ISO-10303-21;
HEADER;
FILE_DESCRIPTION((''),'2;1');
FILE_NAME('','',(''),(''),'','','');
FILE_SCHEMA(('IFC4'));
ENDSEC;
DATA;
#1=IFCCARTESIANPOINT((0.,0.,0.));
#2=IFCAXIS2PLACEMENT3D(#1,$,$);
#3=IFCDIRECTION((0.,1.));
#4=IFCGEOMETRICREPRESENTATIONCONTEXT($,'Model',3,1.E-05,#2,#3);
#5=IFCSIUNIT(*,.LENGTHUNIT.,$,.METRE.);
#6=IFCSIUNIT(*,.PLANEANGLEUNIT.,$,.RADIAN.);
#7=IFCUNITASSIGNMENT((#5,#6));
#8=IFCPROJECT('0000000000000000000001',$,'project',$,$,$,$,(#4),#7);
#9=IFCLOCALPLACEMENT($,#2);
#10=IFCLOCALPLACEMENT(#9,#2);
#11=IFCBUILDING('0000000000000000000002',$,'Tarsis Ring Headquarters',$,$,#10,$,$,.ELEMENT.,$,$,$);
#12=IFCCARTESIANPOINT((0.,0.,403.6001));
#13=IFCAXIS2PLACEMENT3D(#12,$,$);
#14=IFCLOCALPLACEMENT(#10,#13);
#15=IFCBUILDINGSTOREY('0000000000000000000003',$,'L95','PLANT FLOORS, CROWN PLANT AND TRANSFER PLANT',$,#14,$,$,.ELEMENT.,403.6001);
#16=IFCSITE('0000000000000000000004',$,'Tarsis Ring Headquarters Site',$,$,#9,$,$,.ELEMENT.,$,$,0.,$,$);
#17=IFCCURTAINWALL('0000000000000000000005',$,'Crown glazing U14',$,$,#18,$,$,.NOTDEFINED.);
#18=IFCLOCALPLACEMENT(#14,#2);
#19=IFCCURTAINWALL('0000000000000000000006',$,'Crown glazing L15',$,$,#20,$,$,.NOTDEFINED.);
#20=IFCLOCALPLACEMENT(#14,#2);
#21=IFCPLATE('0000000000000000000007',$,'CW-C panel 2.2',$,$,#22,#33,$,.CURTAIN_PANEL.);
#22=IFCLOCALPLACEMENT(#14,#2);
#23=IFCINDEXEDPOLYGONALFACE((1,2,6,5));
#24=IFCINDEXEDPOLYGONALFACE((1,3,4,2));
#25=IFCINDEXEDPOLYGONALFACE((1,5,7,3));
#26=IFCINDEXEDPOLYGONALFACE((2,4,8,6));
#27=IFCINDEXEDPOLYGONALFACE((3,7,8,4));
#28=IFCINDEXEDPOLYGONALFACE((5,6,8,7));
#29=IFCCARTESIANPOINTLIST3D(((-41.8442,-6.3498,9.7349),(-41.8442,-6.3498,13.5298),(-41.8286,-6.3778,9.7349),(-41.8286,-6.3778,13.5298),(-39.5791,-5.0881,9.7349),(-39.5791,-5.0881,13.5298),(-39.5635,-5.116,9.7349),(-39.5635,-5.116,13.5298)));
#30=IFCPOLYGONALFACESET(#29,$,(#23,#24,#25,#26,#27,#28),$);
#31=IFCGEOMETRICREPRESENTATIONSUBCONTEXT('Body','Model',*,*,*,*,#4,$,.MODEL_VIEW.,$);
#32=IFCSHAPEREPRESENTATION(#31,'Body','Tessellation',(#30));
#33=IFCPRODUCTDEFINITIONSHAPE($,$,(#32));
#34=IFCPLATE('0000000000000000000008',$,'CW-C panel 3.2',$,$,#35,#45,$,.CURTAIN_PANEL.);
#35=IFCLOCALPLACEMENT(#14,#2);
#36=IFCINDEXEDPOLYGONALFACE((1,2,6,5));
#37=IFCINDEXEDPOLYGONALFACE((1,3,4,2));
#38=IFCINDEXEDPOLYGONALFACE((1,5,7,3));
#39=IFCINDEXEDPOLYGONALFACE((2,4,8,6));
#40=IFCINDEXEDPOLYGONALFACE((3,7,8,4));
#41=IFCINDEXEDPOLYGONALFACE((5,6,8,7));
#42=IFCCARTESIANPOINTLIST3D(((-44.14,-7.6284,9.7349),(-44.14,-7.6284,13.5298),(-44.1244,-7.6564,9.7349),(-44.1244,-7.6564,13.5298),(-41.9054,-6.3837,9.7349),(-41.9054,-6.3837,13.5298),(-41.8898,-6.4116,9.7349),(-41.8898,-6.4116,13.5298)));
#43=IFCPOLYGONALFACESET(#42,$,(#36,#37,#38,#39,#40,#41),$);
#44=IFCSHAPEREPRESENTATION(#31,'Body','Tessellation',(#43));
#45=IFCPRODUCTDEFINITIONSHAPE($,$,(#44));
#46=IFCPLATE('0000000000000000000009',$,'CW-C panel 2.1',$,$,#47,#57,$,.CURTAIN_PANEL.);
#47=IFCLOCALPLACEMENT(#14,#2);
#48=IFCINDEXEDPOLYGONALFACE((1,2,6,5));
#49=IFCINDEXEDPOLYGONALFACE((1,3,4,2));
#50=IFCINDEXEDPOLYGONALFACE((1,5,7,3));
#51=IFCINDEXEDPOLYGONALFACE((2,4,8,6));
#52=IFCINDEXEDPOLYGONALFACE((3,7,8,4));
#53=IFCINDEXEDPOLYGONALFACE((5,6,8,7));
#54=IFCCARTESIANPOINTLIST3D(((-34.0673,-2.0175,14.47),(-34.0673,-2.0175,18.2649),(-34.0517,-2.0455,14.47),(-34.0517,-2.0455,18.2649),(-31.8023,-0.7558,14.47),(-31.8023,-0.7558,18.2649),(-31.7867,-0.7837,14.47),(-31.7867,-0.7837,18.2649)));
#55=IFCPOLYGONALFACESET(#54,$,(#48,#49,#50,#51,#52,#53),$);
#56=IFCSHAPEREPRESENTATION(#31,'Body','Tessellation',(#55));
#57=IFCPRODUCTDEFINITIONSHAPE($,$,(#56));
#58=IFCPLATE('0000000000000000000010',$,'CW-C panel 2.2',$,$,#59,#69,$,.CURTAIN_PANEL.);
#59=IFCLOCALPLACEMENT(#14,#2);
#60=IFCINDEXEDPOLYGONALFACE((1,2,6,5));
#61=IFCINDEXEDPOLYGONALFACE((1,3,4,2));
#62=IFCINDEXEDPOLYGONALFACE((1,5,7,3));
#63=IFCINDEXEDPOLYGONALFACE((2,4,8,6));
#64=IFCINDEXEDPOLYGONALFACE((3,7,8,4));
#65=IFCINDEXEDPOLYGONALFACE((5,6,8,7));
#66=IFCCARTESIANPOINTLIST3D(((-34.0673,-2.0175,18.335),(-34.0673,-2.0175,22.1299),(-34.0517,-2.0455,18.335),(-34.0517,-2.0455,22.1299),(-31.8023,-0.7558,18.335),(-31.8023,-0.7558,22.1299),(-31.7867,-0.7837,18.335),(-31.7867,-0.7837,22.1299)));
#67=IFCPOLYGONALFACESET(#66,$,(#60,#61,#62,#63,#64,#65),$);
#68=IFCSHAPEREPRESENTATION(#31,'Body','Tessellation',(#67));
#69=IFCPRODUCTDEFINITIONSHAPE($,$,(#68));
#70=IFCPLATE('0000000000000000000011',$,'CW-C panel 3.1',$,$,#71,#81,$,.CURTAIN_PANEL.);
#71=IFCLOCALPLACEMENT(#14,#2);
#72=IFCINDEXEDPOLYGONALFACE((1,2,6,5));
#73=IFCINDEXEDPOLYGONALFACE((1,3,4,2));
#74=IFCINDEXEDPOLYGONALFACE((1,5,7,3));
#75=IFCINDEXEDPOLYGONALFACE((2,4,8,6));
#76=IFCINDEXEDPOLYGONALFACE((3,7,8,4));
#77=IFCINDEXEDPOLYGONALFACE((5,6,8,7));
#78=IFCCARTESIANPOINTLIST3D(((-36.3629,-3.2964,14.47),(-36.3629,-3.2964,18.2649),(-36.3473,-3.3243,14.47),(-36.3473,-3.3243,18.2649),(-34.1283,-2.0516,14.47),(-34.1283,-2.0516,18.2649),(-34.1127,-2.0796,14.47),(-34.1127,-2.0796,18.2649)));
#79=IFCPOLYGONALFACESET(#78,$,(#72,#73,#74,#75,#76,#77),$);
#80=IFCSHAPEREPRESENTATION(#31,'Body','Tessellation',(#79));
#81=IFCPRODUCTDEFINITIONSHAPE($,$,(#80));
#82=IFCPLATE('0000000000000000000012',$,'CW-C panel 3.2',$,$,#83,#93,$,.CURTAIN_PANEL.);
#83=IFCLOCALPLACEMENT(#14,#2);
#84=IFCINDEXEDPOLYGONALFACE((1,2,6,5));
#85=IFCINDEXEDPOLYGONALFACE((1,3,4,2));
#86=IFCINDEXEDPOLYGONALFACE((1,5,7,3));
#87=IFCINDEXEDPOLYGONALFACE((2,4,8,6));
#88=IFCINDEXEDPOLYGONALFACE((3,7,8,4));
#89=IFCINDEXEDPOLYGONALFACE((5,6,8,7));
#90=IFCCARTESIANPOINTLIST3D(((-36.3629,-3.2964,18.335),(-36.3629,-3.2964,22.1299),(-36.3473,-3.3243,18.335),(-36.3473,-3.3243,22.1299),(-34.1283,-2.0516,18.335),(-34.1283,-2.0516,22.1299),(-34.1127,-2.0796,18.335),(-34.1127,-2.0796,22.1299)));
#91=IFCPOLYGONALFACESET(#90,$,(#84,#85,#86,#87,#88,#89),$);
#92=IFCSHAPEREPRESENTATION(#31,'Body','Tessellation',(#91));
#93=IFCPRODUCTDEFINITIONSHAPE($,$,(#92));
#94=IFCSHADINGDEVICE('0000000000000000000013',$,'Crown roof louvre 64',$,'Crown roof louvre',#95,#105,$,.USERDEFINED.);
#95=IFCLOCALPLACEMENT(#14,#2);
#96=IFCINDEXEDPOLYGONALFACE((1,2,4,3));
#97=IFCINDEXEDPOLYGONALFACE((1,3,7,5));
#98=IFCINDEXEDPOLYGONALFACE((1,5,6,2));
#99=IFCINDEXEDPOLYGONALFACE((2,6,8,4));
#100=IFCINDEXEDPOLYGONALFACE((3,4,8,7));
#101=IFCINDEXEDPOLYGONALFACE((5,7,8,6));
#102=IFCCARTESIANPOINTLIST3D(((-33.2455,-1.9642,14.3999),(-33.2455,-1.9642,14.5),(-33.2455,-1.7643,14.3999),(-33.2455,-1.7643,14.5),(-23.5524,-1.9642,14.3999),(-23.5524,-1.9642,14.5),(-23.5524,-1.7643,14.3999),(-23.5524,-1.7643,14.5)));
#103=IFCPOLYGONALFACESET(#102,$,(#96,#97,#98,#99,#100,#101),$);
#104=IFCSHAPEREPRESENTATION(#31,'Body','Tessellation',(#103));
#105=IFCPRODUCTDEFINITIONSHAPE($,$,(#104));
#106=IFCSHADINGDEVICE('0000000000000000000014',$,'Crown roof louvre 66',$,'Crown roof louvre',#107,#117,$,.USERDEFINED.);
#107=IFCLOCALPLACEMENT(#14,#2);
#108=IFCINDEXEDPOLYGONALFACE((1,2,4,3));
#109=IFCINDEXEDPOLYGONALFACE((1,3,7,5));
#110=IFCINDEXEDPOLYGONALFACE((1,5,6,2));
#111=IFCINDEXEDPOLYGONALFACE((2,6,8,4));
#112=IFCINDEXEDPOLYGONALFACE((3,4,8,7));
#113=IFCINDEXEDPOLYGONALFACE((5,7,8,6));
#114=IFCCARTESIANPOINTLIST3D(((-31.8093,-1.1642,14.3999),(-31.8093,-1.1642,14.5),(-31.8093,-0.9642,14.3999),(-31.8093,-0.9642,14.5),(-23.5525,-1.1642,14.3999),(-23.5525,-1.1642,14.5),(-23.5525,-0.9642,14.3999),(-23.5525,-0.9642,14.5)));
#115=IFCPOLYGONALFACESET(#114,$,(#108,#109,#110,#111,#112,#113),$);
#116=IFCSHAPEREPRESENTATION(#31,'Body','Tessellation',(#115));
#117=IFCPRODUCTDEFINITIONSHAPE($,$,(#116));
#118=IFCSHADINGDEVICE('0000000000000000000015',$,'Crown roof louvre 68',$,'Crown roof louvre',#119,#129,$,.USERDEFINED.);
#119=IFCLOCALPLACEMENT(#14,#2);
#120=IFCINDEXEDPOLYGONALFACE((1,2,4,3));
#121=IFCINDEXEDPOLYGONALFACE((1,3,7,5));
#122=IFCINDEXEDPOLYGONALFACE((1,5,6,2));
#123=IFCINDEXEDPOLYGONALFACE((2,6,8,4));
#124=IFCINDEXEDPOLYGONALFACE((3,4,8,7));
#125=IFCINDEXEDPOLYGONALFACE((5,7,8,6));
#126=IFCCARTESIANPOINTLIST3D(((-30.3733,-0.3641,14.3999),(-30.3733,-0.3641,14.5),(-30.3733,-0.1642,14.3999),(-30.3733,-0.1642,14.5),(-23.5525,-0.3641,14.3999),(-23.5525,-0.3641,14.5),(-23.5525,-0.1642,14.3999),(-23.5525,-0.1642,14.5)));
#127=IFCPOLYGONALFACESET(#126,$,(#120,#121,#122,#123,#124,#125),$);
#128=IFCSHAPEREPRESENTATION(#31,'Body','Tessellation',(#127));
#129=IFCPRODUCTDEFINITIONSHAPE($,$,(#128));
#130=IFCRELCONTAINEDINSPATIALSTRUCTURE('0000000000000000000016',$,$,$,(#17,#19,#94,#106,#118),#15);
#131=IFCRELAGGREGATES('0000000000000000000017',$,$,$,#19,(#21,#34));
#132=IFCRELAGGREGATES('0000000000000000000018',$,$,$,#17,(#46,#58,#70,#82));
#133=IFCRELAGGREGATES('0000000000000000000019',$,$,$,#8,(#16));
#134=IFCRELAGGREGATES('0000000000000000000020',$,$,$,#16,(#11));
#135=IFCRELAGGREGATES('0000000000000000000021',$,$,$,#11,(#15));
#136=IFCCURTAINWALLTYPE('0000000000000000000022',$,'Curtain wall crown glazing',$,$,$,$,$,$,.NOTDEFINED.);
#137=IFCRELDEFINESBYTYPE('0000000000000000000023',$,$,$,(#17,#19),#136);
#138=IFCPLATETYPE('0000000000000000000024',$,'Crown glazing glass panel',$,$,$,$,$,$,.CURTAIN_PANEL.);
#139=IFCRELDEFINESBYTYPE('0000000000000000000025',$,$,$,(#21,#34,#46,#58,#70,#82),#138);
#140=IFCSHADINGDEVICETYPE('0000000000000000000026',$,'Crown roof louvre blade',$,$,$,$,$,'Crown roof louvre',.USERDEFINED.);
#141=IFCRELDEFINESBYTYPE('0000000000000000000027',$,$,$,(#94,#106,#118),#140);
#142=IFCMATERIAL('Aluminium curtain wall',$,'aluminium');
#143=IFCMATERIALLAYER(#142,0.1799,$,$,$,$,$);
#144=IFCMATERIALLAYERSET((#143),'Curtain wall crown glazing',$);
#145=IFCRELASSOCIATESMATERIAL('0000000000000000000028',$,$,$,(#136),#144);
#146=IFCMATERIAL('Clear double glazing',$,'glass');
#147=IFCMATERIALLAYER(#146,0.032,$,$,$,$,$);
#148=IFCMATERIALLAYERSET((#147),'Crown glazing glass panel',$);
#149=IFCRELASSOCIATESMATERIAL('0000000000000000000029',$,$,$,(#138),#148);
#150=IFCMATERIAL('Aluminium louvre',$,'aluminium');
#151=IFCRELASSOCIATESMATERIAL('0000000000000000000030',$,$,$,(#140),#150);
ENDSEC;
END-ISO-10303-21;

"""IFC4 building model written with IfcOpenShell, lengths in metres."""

from ifc_helpers import new_model, si_unit, direction, frame, origin, origin_2d, place, context, subcontext, project, spatial, rectangle, extrude, material, layer, layer_set, type_object, element, aggregate, save


model = new_model("IFC4")

# Units and contexts
model_context = context("Model", 3, precision=1e-05, world=origin(), true_north=direction((0.0, 1.0)))
body_context = subcontext(model_context, "Body", "Model", "MODEL_VIEW")
ifc_project = project(units=[si_unit("LENGTHUNIT", "METRE"), si_unit("PLANEANGLEUNIT", "RADIAN")], contexts=[model_context])

# Site, building, storey
site_placement = place(None, origin())
site = spatial("IfcSite", under=ifc_project, at=site_placement, Name="Tarsis Ring Headquarters Site", CompositionType="ELEMENT", RefElevation=0.0)
building_placement = place(site_placement, origin())
building = spatial("IfcBuilding", under=site, at=building_placement, Name="Tarsis Ring Headquarters", CompositionType="ELEMENT")
storey_placement = place(building_placement, frame((0.0, 0.0, 403.6001)))
storey = spatial("IfcBuildingStorey", under=building, at=storey_placement, Name="L95", Description="PLANT FLOORS, CROWN PLANT AND TRANSFER PLANT", CompositionType="ELEMENT", Elevation=403.6001)

# Curtain wall
ifc_material_1 = material(Name="Aluminium curtain wall", Category="aluminium")
ifc_layer_1 = layer(ifc_material_1, 0.1799)
ifc_layer_set_1 = layer_set([ifc_layer_1], Name="Curtain wall crown glazing")
curtain_wall_type = type_object("IfcCurtainWallType", Name="Curtain wall crown glazing", PredefinedType="NOTDEFINED", material=ifc_layer_set_1)
curtain_wall_1_placement = place(storey_placement, origin())
curtain_wall_1 = element("IfcCurtainWall", 1, at=curtain_wall_1_placement, inside=storey, type_object=curtain_wall_type, Name="Crown glazing U14", PredefinedType="NOTDEFINED")

# Curtain wall
curtain_wall_2_placement = place(storey_placement, origin())
curtain_wall_2 = element("IfcCurtainWall", 2, at=curtain_wall_2_placement, inside=storey, type_object=curtain_wall_type, Name="Crown glazing L15", PredefinedType="NOTDEFINED")

# Plates
ifc_material_2 = material(Name="Clear double glazing", Category="glass")
ifc_layer_2 = layer(ifc_material_2, 0.032)
ifc_layer_set_2 = layer_set([ifc_layer_2], Name="Crown glazing glass panel")
plate_type = type_object("IfcPlateType", Name="Crown glazing glass panel", PredefinedType="CURTAIN_PANEL", material=ifc_layer_set_2)
plate_1_placement = place(storey_placement, frame((-40.7039, -5.7329, 9.7349), z_axis=(0.0, 0.0, 1.0), x_axis=(-0.873602, -0.48664, 0.0)))
plate_1 = element("IfcPlate", 3, at=plate_1_placement, type_object=plate_type, Name="CW-C panel 2.2", PredefinedType="CURTAIN_PANEL", context=body_context, shape_type="SweptSolid", body=[
    extrude(rectangle(XDim=2.5928, YDim=0.032, at=origin_2d()), origin(), (0.0, 0.0, 1.0), 3.7949),
])
plate_2_placement = place(storey_placement, frame((-43.0149, -7.02, 9.7349), z_axis=(0.0, 0.0, 1.0), x_axis=(-0.873602, -0.48664, 0.0)))
plate_2 = element("IfcPlate", 4, at=plate_2_placement, type_object=plate_type, Name="CW-C panel 3.2", PredefinedType="CURTAIN_PANEL", context=body_context, shape_type="SweptSolid", body=[
    extrude(rectangle(XDim=2.5579, YDim=0.032, at=origin_2d()), origin(), (0.0, 0.0, 1.0), 3.7949),
])
aggregate(curtain_wall_2, [plate_1, plate_2])
plate_3_placement = place(storey_placement, frame((-32.927, -1.4006, 14.47), z_axis=(0.0, 0.0, 1.0), x_axis=(-0.873602, -0.48664, 0.0)))
plate_3 = element("IfcPlate", 5, at=plate_3_placement, type_object=plate_type, Name="CW-C panel 2.1", PredefinedType="CURTAIN_PANEL", context=body_context, shape_type="SweptSolid", body=[
    extrude(rectangle(XDim=2.5928, YDim=0.032, at=origin_2d()), origin(), (0.0, 0.0, 1.0), 3.7949),
])
plate_4_placement = place(storey_placement, frame((-32.927, -1.4006, 18.335), z_axis=(0.0, 0.0, 1.0), x_axis=(-0.873602, -0.48664, 0.0)))
plate_4 = element("IfcPlate", 6, at=plate_4_placement, type_object=plate_type, Name="CW-C panel 2.2", PredefinedType="CURTAIN_PANEL", context=body_context, shape_type="SweptSolid", body=[
    extrude(rectangle(XDim=2.5928, YDim=0.032, at=origin_2d()), origin(), (0.0, 0.0, 1.0), 3.7949),
])
plate_5_placement = place(storey_placement, frame((-35.2378, -2.688, 14.47), z_axis=(0.0, 0.0, 1.0), x_axis=(-0.873602, -0.48664, 0.0)))
plate_5 = element("IfcPlate", 7, at=plate_5_placement, type_object=plate_type, Name="CW-C panel 3.1", PredefinedType="CURTAIN_PANEL", context=body_context, shape_type="SweptSolid", body=[
    extrude(rectangle(XDim=2.5579, YDim=0.032, at=origin_2d()), origin(), (0.0, 0.0, 1.0), 3.7949),
])
plate_6_placement = place(storey_placement, frame((-35.2378, -2.688, 18.335), z_axis=(0.0, 0.0, 1.0), x_axis=(-0.873602, -0.48664, 0.0)))
plate_6 = element("IfcPlate", 8, at=plate_6_placement, type_object=plate_type, Name="CW-C panel 3.2", PredefinedType="CURTAIN_PANEL", context=body_context, shape_type="SweptSolid", body=[
    extrude(rectangle(XDim=2.5579, YDim=0.032, at=origin_2d()), origin(), (0.0, 0.0, 1.0), 3.7949),
])
aggregate(curtain_wall_1, [plate_3, plate_4, plate_5, plate_6])

# Shading devices
ifc_material_3 = material(Name="Aluminium louvre", Category="aluminium")
shading_device_type = type_object("IfcShadingDeviceType", Name="Crown roof louvre blade", ElementType="Crown roof louvre", PredefinedType="USERDEFINED", material=ifc_material_3)
shading_device_1_placement = place(storey_placement, frame((-28.3989, -1.8643, 14.3999), z_axis=(0.0, 0.0, 1.0), x_axis=(1.0, 0.0, 0.0)))
element("IfcShadingDevice", 9, at=shading_device_1_placement, inside=storey, type_object=shading_device_type, Name="Crown roof louvre 64", ObjectType="Crown roof louvre", PredefinedType="USERDEFINED", context=body_context, shape_type="SweptSolid", body=[
    extrude(rectangle(XDim=9.6931, YDim=0.2, at=origin_2d()), origin(), (0.0, 0.0, 1.0), 0.1001),
])
shading_device_2_placement = place(storey_placement, frame((-27.6809, -1.0642, 14.3999), z_axis=(0.0, 0.0, 1.0), x_axis=(1.0, 0.0, 0.0)))
element("IfcShadingDevice", 10, at=shading_device_2_placement, inside=storey, type_object=shading_device_type, Name="Crown roof louvre 66", ObjectType="Crown roof louvre", PredefinedType="USERDEFINED", context=body_context, shape_type="SweptSolid", body=[
    extrude(rectangle(XDim=8.2568, YDim=0.2, at=origin_2d()), origin(), (0.0, 0.0, 1.0), 0.1001),
])
shading_device_3_placement = place(storey_placement, frame((-26.9629, -0.2642, 14.3999), z_axis=(0.0, 0.0, 1.0), x_axis=(1.0, 0.0, 0.0)))
element("IfcShadingDevice", 11, at=shading_device_3_placement, inside=storey, type_object=shading_device_type, Name="Crown roof louvre 68", ObjectType="Crown roof louvre", PredefinedType="USERDEFINED", context=body_context, shape_type="SweptSolid", body=[
    extrude(rectangle(XDim=6.8208, YDim=0.2, at=origin_2d()), origin(), (0.0, 0.0, 1.0), 0.1001),
])

save(model, "model.ifc")
